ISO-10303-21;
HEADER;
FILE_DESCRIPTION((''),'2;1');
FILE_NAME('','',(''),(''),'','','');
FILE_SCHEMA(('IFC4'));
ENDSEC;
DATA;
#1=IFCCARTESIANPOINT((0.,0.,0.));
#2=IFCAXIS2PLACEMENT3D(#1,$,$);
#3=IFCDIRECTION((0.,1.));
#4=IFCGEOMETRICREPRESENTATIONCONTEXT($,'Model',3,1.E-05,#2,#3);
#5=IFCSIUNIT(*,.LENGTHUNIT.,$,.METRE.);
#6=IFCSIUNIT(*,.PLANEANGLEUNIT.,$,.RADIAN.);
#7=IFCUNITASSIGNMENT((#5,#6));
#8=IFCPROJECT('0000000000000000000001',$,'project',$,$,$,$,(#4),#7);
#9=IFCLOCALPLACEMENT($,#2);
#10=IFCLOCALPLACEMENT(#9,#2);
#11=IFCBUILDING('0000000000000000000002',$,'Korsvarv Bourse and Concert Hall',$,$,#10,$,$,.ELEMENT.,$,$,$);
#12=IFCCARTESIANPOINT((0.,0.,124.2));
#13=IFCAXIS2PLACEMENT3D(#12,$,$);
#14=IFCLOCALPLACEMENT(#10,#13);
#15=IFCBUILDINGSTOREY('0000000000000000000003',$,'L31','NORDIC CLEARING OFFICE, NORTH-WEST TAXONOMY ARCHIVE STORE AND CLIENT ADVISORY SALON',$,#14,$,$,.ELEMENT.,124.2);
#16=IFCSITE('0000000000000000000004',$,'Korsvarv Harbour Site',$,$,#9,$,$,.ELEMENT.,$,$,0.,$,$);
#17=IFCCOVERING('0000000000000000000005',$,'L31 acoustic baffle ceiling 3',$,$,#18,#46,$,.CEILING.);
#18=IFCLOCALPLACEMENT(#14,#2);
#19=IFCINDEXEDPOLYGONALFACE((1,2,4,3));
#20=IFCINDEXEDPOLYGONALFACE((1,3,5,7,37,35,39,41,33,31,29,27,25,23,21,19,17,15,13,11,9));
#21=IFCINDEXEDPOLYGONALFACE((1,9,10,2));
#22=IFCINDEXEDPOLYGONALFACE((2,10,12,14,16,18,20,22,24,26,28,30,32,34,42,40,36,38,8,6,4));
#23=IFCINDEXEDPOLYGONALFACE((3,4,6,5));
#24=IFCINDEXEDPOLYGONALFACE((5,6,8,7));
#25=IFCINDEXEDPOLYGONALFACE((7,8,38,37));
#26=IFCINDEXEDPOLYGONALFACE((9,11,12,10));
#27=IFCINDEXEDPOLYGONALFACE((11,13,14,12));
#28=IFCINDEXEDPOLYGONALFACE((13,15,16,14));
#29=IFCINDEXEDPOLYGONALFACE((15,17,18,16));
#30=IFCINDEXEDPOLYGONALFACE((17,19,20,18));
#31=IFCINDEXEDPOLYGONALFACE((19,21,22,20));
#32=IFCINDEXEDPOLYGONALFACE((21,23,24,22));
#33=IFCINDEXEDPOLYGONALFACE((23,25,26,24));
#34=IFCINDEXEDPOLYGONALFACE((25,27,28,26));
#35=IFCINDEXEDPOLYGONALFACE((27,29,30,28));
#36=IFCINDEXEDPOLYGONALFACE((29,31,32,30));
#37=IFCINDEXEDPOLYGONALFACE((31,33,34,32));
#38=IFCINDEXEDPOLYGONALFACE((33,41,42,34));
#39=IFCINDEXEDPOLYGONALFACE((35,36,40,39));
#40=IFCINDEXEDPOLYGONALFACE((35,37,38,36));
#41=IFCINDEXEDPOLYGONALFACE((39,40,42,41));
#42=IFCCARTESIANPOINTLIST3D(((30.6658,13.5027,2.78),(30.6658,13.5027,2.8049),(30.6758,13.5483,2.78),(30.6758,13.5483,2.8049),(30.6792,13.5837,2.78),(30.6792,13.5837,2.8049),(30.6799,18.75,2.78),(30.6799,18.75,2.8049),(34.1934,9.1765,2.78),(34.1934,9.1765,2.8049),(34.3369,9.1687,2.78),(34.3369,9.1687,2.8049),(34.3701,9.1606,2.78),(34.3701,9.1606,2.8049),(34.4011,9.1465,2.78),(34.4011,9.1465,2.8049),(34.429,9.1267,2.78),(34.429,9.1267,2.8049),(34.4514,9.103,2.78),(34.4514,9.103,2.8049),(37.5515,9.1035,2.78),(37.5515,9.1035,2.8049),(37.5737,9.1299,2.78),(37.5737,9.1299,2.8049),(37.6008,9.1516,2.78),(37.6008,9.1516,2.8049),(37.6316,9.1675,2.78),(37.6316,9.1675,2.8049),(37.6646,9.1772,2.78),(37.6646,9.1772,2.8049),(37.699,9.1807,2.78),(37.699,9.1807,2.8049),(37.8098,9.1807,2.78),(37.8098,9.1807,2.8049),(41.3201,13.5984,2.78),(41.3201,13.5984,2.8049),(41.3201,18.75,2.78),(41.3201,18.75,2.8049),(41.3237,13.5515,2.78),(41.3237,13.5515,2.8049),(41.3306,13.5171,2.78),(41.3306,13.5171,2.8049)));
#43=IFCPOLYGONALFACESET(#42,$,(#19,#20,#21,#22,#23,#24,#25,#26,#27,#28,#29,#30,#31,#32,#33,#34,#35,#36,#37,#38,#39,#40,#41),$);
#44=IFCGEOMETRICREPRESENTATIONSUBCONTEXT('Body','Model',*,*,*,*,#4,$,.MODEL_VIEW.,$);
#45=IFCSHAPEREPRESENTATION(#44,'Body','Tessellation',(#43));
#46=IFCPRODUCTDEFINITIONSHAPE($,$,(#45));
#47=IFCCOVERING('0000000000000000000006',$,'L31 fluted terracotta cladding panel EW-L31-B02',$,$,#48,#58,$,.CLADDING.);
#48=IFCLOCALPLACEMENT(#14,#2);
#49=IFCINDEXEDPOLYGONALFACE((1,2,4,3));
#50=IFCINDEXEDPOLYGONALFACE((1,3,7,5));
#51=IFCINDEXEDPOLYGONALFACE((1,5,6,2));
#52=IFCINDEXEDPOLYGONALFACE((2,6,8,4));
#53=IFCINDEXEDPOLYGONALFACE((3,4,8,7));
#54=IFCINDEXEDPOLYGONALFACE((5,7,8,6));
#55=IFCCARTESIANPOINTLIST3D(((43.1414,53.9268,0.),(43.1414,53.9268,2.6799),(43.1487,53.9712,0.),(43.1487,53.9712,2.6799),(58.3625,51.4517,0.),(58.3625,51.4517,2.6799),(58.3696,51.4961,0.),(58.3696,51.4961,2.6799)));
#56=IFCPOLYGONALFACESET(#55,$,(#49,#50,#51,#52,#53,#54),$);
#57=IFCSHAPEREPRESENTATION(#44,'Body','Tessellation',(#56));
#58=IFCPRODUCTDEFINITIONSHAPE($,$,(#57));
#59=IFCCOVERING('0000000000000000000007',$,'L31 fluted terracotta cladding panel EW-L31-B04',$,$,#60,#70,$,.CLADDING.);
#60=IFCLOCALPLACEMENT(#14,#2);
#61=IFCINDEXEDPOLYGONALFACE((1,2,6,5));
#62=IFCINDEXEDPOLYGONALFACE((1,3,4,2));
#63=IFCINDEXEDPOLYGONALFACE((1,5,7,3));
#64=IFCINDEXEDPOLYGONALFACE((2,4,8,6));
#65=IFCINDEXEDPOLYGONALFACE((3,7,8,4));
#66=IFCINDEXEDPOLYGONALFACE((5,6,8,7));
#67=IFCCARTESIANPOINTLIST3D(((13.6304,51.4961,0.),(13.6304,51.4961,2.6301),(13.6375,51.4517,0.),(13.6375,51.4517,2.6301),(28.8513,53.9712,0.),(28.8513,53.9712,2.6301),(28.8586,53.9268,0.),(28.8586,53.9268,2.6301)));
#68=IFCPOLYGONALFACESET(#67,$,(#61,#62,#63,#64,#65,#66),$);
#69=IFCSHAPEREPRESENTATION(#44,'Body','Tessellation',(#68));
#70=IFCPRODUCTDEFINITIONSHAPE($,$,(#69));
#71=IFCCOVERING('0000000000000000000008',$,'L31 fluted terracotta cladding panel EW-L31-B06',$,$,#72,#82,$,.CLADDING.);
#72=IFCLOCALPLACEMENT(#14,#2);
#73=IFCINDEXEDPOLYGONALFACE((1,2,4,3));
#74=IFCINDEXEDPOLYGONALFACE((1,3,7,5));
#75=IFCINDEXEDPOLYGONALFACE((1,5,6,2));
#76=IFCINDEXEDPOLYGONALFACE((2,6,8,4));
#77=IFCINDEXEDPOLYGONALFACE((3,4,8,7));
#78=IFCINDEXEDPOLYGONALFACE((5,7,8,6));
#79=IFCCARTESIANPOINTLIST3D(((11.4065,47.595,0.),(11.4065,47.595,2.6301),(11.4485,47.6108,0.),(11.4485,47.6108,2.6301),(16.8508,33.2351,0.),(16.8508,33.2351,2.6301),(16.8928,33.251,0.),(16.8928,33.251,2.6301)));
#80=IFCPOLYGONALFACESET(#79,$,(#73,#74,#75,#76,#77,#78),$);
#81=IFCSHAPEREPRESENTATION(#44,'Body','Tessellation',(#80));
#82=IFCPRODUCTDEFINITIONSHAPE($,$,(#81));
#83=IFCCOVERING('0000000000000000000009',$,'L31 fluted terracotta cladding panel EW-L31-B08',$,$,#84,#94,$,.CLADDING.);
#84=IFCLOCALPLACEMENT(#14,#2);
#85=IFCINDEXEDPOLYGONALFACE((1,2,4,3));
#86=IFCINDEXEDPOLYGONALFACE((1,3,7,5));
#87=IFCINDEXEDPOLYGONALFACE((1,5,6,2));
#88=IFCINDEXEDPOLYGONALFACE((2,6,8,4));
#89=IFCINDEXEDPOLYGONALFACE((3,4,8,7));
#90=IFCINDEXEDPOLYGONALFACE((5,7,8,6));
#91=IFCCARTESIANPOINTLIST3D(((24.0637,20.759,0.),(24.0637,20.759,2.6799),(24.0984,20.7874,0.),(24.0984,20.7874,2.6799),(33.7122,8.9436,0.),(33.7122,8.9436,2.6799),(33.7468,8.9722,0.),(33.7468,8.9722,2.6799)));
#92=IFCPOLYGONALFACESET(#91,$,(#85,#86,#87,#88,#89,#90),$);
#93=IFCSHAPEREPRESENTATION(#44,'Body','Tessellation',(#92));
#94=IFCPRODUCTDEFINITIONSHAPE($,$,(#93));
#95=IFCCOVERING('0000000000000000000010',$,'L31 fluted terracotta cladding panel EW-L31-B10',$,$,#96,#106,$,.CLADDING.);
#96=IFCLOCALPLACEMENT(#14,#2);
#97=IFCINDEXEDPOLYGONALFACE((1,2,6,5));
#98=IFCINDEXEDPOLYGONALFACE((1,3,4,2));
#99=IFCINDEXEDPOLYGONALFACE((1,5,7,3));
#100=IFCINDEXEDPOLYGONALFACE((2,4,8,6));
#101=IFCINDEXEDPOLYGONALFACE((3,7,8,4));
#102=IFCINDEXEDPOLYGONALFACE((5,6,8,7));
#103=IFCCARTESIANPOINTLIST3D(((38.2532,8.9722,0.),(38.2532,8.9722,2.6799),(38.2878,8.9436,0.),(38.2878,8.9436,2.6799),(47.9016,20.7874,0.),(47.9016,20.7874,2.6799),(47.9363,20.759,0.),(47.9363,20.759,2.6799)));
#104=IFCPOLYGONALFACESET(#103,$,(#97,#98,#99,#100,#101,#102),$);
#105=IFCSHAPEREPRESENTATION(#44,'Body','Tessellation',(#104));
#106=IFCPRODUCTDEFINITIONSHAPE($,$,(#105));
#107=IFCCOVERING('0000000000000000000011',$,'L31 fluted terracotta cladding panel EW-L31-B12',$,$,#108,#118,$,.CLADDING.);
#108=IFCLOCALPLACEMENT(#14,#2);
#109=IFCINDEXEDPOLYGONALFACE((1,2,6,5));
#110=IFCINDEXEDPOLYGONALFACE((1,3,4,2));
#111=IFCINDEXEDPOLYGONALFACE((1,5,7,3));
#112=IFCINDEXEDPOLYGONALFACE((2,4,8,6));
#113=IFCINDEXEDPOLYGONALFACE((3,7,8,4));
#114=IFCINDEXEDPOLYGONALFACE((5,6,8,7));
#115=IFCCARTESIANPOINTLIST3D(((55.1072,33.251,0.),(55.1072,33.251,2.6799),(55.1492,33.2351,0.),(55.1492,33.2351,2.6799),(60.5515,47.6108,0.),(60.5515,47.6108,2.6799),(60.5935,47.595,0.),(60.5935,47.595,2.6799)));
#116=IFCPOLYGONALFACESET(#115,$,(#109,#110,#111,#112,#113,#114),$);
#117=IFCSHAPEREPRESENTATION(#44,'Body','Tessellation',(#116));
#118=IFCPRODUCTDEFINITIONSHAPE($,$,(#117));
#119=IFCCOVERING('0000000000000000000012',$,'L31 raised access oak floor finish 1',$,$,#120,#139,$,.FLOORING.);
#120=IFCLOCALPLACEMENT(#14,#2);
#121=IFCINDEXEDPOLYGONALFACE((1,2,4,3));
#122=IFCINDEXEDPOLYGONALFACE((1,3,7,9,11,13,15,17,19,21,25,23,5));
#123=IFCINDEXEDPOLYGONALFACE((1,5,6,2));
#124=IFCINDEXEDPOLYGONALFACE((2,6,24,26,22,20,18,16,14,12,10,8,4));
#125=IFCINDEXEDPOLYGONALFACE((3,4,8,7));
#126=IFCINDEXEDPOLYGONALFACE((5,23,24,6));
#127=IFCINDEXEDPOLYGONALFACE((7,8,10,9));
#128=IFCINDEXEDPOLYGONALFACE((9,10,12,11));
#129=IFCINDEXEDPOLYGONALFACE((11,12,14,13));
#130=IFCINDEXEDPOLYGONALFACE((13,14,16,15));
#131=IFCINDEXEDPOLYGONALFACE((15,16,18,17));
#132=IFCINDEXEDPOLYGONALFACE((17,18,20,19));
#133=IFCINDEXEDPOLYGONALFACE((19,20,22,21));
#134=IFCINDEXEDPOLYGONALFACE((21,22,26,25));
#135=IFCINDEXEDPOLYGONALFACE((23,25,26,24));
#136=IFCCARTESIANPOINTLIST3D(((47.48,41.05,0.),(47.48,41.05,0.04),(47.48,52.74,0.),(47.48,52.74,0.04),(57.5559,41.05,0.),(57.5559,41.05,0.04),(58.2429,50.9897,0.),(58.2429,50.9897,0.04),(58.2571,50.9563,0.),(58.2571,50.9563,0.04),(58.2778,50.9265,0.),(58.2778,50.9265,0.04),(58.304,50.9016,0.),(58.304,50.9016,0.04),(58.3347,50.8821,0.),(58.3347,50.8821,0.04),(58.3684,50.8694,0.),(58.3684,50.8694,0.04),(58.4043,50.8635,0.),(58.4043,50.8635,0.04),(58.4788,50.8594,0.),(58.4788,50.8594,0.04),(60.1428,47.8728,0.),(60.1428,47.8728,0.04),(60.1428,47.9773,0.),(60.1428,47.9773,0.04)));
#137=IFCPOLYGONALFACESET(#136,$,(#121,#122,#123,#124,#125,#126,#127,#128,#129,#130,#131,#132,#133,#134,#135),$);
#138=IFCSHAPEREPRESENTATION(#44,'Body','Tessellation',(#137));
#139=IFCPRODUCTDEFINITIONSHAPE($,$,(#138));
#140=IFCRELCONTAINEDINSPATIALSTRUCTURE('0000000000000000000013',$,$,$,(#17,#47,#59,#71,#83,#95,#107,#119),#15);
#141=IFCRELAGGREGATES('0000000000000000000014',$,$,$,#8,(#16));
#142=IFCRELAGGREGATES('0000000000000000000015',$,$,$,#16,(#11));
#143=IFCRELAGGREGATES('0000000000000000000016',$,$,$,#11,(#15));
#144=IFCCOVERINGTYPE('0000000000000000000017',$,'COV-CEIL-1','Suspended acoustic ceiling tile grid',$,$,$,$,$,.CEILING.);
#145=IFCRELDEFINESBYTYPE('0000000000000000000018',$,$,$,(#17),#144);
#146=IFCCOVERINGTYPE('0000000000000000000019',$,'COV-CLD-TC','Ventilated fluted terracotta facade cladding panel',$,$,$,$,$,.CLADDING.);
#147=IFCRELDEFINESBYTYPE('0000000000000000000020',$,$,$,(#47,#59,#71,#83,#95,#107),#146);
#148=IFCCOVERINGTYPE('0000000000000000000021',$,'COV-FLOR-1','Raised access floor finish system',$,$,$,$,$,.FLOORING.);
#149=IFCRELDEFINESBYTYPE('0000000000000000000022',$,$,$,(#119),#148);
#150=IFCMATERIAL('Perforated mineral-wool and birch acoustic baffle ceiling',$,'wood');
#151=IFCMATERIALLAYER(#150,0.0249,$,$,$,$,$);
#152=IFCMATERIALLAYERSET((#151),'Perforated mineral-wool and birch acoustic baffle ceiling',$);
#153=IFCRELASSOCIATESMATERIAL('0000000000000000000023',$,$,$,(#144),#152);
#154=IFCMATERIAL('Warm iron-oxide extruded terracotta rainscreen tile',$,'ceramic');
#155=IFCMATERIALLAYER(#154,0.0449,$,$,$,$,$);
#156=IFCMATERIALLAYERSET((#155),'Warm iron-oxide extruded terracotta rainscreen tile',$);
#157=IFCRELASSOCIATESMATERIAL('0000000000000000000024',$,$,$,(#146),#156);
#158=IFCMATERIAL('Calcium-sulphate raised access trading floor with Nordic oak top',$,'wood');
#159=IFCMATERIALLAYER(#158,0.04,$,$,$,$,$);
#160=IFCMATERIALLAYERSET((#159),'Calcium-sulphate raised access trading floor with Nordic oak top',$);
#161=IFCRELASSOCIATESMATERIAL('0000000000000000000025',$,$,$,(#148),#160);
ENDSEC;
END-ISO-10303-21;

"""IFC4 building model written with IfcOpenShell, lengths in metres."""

from ifc_helpers import new_model, si_unit, direction, frame, origin, place, context, subcontext, project, spatial, polyline, outline, extrude, material, layer, layer_set, type_object, element, save


model = new_model("IFC4")

# Units and contexts
model_context = context("Model", 3, precision=1e-05, world=origin(), true_north=direction((0.0, 1.0)))
body_context = subcontext(model_context, "Body", "Model", "MODEL_VIEW")
ifc_project = project(units=[si_unit("LENGTHUNIT", "METRE"), si_unit("PLANEANGLEUNIT", "RADIAN")], contexts=[model_context])

# Site, building, storey
site_placement = place(None, origin())
site = spatial("IfcSite", under=ifc_project, at=site_placement, Name="Korsvarv Harbour Site", CompositionType="ELEMENT", RefElevation=0.0)
building_placement = place(site_placement, origin())
building = spatial("IfcBuilding", under=site, at=building_placement, Name="Korsvarv Bourse and Concert Hall", CompositionType="ELEMENT")
storey_placement = place(building_placement, frame((0.0, 0.0, 124.2)))
storey = spatial("IfcBuildingStorey", under=building, at=storey_placement, Name="L31", Description="NORDIC CLEARING OFFICE, NORTH-WEST TAXONOMY ARCHIVE STORE AND CLIENT ADVISORY SALON", CompositionType="ELEMENT", Elevation=124.2)

# Coverings
ifc_material_1 = material(Name="Perforated mineral-wool and birch acoustic baffle ceiling", Category="wood")
ifc_layer_1 = layer(ifc_material_1, 0.0249)
ifc_layer_set_1 = layer_set([ifc_layer_1], Name="Perforated mineral-wool and birch acoustic baffle ceiling")
covering_type_1 = type_object("IfcCoveringType", Name="COV-CEIL-1", Description="Suspended acoustic ceiling tile grid", PredefinedType="CEILING", material=ifc_layer_set_1)
covering_1_placement = place(storey_placement, frame((0.0, 0.0, 2.78)))
element("IfcCovering", 1, at=covering_1_placement, inside=storey, type_object=covering_type_1, Name="L31 acoustic baffle ceiling 3", PredefinedType="CEILING", context=body_context, shape_type="SweptSolid", body=[
    extrude(outline(polyline([(30.6658, 13.5027), (30.6758, 13.5483), (30.6792, 13.5837), (30.6799, 18.75), (41.3201, 18.75), (41.3201, 13.5984), (41.3237, 13.5515), (41.3306, 13.5171), (37.8098, 9.1807), (37.699, 9.1807), (37.6646, 9.1772), (37.6316, 9.1675), (37.6008, 9.1516), (37.5737, 9.1299), (37.5515, 9.1035), (34.4514, 9.103), (34.429, 9.1267), (34.4011, 9.1465), (34.3701, 9.1606), (34.3369, 9.1687), (34.1934, 9.1765), (30.6658, 13.5027)])), origin(), (0.0, 0.0, 1.0), 0.0249),
])
ifc_material_2 = material(Name="Warm iron-oxide extruded terracotta rainscreen tile", Category="ceramic")
ifc_layer_2 = layer(ifc_material_2, 0.0449)
ifc_layer_set_2 = layer_set([ifc_layer_2], Name="Warm iron-oxide extruded terracotta rainscreen tile")
covering_type_2 = type_object("IfcCoveringType", Name="COV-CLD-TC", Description="Ventilated fluted terracotta facade cladding panel", PredefinedType="CLADDING", material=ifc_layer_set_2)
covering_2_placement = place(storey_placement, origin())
element("IfcCovering", 2, at=covering_2_placement, inside=storey, type_object=covering_type_2, Name="L31 fluted terracotta cladding panel EW-L31-B02", PredefinedType="CLADDING", context=body_context, shape_type="SweptSolid", body=[
    extrude(outline(polyline([(58.3625, 51.4517), (43.1414, 53.9268), (43.1487, 53.9712), (58.3696, 51.4961), (58.3625, 51.4517)])), origin(), (0.0, 0.0, 1.0), 2.6799),
])
covering_3_placement = place(storey_placement, origin())
element("IfcCovering", 3, at=covering_3_placement, inside=storey, type_object=covering_type_2, Name="L31 fluted terracotta cladding panel EW-L31-B04", PredefinedType="CLADDING", context=body_context, shape_type="SweptSolid", body=[
    extrude(outline(polyline([(28.8586, 53.9268), (13.6375, 51.4517), (13.6304, 51.4961), (28.8513, 53.9712), (28.8586, 53.9268)])), origin(), (0.0, 0.0, 1.0), 2.6301),
])
covering_4_placement = place(storey_placement, origin())
element("IfcCovering", 4, at=covering_4_placement, inside=storey, type_object=covering_type_2, Name="L31 fluted terracotta cladding panel EW-L31-B06", PredefinedType="CLADDING", context=body_context, shape_type="SweptSolid", body=[
    extrude(outline(polyline([(11.4485, 47.6108), (16.8928, 33.251), (16.8508, 33.2351), (11.4065, 47.595), (11.4485, 47.6108)])), origin(), (0.0, 0.0, 1.0), 2.6301),
])
covering_5_placement = place(storey_placement, origin())
element("IfcCovering", 5, at=covering_5_placement, inside=storey, type_object=covering_type_2, Name="L31 fluted terracotta cladding panel EW-L31-B08", PredefinedType="CLADDING", context=body_context, shape_type="SweptSolid", body=[
    extrude(outline(polyline([(24.0984, 20.7874), (33.7468, 8.9722), (33.7122, 8.9436), (24.0637, 20.759), (24.0984, 20.7874)])), origin(), (0.0, 0.0, 1.0), 2.6799),
])
covering_6_placement = place(storey_placement, origin())
element("IfcCovering", 6, at=covering_6_placement, inside=storey, type_object=covering_type_2, Name="L31 fluted terracotta cladding panel EW-L31-B10", PredefinedType="CLADDING", context=body_context, shape_type="SweptSolid", body=[
    extrude(outline(polyline([(38.2532, 8.9722), (47.9016, 20.7874), (47.9363, 20.759), (38.2878, 8.9436), (38.2532, 8.9722)])), origin(), (0.0, 0.0, 1.0), 2.6799),
])
covering_7_placement = place(storey_placement, origin())
element("IfcCovering", 7, at=covering_7_placement, inside=storey, type_object=covering_type_2, Name="L31 fluted terracotta cladding panel EW-L31-B12", PredefinedType="CLADDING", context=body_context, shape_type="SweptSolid", body=[
    extrude(outline(polyline([(55.1072, 33.251), (60.5515, 47.6108), (60.5935, 47.595), (55.1492, 33.2351), (55.1072, 33.251)])), origin(), (0.0, 0.0, 1.0), 2.6799),
])
ifc_material_3 = material(Name="Calcium-sulphate raised access trading floor with Nordic oak top", Category="wood")
ifc_layer_3 = layer(ifc_material_3, 0.04)
ifc_layer_set_3 = layer_set([ifc_layer_3], Name="Calcium-sulphate raised access trading floor with Nordic oak top")
covering_type_3 = type_object("IfcCoveringType", Name="COV-FLOR-1", Description="Raised access floor finish system", PredefinedType="FLOORING", material=ifc_layer_set_3)
covering_8_placement = place(storey_placement, origin())
element("IfcCovering", 8, at=covering_8_placement, inside=storey, type_object=covering_type_3, Name="L31 raised access oak floor finish 1", PredefinedType="FLOORING", context=body_context, shape_type="SweptSolid", body=[
    extrude(outline(polyline([(58.2429, 50.9897), (58.2571, 50.9563), (58.2778, 50.9265), (58.304, 50.9016), (58.3347, 50.8821), (58.3684, 50.8694), (58.4043, 50.8635), (58.4788, 50.8594), (60.1428, 47.9773), (60.1428, 47.8728), (57.5559, 41.05), (47.48, 41.05), (47.48, 52.74), (58.2429, 50.9897)])), origin(), (0.0, 0.0, 1.0), 0.04),
])

save(model, "model.ifc")
